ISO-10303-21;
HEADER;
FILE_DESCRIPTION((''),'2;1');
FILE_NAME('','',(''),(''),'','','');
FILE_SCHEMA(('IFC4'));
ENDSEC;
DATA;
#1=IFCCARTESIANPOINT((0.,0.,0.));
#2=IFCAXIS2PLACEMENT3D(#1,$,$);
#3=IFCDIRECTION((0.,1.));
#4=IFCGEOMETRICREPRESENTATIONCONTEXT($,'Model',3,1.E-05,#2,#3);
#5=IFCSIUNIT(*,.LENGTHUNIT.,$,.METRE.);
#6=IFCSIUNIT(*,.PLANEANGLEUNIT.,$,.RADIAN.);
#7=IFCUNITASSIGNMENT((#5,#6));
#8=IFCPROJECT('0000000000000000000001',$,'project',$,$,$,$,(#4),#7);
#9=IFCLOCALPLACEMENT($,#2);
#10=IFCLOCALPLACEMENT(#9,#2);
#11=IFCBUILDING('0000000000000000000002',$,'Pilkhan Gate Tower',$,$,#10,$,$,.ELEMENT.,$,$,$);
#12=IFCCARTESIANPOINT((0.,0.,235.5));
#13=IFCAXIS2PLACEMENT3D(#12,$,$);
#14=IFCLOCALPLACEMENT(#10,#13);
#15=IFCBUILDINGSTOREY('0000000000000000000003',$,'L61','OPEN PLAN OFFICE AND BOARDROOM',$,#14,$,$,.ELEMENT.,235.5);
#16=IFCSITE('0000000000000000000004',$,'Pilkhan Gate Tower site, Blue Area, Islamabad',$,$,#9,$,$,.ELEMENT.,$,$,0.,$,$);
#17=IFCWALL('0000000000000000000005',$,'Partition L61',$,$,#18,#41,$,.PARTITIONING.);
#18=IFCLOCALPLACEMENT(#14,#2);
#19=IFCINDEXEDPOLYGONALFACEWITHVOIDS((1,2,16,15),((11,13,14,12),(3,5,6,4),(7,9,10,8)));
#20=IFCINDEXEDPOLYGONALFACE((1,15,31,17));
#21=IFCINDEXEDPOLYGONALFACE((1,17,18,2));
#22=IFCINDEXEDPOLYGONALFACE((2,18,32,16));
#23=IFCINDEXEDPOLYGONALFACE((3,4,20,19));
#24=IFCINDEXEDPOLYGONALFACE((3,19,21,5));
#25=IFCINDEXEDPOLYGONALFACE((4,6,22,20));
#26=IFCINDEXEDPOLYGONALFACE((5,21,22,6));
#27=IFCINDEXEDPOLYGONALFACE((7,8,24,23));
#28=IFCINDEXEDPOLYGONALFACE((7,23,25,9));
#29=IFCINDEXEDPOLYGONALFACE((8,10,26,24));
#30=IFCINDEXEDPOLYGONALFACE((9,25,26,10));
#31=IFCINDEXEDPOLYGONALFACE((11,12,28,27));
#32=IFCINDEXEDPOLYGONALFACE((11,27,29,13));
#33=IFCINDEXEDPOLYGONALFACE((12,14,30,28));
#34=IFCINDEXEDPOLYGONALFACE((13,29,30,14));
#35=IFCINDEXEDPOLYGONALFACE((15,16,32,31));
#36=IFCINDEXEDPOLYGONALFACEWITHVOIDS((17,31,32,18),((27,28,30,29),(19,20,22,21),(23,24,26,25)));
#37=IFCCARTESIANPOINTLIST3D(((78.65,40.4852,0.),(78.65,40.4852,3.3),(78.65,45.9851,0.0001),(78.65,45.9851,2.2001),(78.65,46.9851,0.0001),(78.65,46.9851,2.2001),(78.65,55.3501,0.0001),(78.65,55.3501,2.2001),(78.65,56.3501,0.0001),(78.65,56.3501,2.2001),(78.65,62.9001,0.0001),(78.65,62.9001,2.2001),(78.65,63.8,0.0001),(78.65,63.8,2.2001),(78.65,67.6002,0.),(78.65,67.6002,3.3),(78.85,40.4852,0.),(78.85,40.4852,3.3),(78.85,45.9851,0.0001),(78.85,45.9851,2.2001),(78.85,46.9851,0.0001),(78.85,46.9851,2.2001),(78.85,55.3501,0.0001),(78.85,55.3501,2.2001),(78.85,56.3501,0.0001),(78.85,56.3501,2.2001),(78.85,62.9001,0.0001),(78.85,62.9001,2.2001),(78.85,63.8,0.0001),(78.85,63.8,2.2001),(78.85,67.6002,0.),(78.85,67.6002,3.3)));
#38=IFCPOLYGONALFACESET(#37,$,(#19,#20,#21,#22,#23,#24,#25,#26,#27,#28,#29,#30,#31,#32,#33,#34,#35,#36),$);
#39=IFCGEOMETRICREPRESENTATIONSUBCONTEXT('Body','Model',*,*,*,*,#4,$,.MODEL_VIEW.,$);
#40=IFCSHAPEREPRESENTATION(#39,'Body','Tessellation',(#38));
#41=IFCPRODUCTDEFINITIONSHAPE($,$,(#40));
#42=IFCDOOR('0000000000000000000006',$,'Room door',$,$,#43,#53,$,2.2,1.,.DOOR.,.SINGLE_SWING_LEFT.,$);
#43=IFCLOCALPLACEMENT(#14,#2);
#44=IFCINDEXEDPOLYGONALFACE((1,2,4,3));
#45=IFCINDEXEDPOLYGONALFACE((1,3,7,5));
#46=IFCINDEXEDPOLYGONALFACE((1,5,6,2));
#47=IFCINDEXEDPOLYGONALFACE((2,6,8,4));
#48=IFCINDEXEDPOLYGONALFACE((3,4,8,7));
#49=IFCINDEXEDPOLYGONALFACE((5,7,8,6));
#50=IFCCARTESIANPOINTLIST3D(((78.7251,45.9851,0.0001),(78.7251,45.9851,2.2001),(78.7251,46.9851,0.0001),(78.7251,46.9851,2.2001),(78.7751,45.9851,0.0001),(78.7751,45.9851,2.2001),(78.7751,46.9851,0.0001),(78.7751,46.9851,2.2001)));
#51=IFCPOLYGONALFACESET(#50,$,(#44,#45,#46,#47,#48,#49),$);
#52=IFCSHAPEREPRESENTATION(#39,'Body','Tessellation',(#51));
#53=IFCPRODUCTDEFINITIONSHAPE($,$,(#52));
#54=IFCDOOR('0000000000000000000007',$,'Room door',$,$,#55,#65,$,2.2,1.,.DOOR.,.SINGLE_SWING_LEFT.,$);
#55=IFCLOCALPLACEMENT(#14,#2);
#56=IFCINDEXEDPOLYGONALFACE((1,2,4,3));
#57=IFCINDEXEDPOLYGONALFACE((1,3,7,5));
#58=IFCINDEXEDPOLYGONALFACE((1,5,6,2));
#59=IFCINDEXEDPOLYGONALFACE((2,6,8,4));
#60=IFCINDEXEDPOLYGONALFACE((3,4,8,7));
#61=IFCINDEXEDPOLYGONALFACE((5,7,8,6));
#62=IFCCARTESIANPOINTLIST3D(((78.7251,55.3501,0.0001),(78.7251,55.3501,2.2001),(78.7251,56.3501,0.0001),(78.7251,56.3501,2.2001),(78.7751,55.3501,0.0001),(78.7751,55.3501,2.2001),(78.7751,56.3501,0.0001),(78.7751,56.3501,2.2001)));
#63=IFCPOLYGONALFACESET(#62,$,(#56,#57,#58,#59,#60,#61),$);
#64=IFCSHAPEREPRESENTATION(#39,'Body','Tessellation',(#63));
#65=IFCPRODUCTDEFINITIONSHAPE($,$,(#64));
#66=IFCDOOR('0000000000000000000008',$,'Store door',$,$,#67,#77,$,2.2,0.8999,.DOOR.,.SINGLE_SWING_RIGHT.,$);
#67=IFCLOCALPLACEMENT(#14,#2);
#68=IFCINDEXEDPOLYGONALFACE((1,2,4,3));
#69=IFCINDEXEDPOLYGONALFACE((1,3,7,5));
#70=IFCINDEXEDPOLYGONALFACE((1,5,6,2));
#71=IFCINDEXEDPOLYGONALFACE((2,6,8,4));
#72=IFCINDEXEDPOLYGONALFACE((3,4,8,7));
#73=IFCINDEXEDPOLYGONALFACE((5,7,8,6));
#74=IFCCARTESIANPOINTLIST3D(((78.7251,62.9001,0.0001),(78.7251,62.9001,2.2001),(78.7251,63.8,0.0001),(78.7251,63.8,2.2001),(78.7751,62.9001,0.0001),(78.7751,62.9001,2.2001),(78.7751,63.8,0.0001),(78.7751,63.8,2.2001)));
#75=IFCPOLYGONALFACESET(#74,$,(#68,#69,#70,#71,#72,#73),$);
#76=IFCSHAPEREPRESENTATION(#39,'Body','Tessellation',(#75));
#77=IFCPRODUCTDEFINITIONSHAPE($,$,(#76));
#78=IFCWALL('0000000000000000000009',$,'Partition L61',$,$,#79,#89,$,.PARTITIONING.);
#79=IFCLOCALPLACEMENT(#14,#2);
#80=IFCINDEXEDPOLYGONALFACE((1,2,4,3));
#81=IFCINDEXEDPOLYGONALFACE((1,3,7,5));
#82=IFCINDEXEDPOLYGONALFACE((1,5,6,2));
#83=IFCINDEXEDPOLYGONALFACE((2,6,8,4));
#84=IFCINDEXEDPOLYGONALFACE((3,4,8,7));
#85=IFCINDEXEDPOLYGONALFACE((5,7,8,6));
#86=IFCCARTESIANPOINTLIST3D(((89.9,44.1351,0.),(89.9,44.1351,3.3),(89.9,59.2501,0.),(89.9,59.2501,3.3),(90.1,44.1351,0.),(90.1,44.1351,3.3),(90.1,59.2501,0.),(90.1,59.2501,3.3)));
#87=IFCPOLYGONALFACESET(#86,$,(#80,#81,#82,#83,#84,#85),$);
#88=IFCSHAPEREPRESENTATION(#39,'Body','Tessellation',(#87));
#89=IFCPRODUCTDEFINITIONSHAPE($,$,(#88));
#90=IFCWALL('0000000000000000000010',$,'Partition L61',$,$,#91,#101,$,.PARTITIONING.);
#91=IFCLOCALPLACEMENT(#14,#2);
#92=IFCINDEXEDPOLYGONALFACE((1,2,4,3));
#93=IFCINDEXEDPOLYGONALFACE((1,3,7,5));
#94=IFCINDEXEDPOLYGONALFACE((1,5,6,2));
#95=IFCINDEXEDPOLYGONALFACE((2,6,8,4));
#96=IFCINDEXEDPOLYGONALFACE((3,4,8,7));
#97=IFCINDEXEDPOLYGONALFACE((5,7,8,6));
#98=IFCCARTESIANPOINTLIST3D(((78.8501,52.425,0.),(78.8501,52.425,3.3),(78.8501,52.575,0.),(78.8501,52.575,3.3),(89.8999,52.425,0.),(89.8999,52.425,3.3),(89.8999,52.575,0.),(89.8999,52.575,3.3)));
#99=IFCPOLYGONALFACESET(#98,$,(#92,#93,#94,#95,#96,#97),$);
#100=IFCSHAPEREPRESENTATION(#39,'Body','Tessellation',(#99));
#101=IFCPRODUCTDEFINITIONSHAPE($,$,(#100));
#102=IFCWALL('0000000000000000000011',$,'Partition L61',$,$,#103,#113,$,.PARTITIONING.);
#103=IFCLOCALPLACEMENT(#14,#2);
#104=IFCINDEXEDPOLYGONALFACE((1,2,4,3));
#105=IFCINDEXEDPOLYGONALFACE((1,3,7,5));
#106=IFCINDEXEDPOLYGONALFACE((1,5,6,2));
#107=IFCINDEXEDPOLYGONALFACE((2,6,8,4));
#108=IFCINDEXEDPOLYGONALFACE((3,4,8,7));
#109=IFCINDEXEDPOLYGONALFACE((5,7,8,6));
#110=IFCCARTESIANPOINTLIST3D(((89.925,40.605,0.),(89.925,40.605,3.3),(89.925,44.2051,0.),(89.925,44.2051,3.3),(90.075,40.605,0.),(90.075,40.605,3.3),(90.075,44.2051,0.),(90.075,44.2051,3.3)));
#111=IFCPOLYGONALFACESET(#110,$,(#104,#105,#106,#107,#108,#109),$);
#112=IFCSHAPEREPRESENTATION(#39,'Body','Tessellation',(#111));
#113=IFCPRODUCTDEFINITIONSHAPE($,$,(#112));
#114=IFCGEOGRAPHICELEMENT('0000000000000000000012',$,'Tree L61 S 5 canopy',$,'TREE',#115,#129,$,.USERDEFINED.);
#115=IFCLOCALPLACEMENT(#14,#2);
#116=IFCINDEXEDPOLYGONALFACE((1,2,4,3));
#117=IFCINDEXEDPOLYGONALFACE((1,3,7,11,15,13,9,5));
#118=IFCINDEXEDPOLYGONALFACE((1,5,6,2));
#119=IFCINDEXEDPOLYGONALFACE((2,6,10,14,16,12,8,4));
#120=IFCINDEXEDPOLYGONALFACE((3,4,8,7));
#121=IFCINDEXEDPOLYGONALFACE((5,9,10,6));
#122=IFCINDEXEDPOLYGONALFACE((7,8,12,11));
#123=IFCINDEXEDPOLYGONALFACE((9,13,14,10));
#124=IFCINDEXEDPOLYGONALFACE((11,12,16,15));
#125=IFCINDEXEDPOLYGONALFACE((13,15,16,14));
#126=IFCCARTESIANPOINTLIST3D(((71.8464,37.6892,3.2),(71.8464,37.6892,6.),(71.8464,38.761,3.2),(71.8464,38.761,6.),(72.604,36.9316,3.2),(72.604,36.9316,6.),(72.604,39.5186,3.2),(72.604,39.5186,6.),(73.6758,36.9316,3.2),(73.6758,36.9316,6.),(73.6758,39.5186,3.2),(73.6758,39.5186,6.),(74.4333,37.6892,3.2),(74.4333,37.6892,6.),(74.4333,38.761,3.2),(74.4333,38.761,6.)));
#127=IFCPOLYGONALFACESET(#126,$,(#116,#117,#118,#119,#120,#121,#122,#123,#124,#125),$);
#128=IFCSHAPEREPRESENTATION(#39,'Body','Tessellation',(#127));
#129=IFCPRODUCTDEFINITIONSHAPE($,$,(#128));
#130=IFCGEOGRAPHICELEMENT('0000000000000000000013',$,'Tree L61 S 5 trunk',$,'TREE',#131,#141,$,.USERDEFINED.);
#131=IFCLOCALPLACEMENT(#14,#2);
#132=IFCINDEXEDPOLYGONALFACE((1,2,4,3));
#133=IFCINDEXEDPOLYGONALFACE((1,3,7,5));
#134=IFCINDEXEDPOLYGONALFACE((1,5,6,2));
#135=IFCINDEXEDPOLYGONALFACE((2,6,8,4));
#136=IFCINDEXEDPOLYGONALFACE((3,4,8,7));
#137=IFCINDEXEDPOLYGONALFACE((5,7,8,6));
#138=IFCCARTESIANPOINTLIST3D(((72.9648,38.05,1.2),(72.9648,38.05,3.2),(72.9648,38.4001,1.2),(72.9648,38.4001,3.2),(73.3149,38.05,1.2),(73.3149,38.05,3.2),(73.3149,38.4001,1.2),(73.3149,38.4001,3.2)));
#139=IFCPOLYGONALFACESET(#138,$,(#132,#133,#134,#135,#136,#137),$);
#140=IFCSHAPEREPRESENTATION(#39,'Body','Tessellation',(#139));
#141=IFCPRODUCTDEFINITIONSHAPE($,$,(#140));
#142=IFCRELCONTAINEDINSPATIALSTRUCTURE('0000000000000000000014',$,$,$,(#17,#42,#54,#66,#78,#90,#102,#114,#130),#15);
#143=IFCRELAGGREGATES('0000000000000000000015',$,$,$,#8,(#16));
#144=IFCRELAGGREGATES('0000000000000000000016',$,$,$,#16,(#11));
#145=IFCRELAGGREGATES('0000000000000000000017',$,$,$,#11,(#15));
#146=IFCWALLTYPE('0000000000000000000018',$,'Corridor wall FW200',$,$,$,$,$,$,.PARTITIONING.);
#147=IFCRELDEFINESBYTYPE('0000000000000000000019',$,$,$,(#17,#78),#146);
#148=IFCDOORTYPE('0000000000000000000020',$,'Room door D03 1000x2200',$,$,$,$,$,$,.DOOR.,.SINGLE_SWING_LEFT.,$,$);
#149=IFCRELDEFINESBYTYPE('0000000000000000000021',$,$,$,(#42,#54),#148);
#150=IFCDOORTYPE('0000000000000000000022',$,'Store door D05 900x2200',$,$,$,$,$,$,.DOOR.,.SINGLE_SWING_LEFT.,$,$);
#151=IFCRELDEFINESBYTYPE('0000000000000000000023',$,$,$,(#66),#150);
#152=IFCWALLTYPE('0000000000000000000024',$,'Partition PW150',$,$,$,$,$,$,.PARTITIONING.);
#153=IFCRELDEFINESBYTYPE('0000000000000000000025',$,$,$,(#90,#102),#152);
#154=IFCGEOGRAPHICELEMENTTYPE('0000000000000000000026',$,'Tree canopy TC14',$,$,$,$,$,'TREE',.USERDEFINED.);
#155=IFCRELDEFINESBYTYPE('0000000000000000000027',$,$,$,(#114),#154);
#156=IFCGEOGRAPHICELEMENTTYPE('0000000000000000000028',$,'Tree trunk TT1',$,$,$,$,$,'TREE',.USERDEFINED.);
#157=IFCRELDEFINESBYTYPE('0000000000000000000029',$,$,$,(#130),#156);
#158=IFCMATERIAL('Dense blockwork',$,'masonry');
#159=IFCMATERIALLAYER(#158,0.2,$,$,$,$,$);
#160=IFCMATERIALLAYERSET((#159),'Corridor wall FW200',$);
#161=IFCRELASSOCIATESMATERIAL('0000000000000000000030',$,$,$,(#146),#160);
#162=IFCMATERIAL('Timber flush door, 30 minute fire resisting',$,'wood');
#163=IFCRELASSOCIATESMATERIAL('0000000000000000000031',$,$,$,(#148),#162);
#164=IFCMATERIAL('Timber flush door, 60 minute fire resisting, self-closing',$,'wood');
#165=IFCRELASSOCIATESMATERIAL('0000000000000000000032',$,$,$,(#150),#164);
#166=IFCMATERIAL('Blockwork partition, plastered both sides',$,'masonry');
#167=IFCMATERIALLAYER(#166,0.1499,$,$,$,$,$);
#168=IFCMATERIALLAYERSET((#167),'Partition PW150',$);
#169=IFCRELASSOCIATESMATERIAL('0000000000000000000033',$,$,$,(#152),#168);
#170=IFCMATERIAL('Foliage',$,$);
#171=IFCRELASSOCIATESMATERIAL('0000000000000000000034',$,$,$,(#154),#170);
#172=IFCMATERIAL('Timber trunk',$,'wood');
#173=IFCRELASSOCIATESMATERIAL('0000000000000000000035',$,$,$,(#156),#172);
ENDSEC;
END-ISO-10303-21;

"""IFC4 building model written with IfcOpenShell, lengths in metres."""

from ifc_helpers import new_model, si_unit, direction, frame, frame_2d, origin, origin_2d, place, context, subcontext, project, spatial, polyline, rectangle, outline, extrude, material, layer, layer_set, material_profile, profile_set, type_object, element, fill, save


model = new_model("IFC4")

# Units and contexts
model_context = context("Model", 3, precision=1e-05, world=origin(), true_north=direction((0.0, 1.0)))
body_context = subcontext(model_context, "Body", "Model", "MODEL_VIEW")
ifc_project = project(units=[si_unit("LENGTHUNIT", "METRE"), si_unit("PLANEANGLEUNIT", "RADIAN")], contexts=[model_context])

# Site, building, storey
site_placement = place(None, origin())
site = spatial("IfcSite", under=ifc_project, at=site_placement, Name="Pilkhan Gate Tower site, Blue Area, Islamabad", CompositionType="ELEMENT", RefElevation=0.0)
building_placement = place(site_placement, origin())
building = spatial("IfcBuilding", under=site, at=building_placement, Name="Pilkhan Gate Tower", CompositionType="ELEMENT")
storey_placement = place(building_placement, frame((0.0, 0.0, 235.5)))
storey = spatial("IfcBuildingStorey", under=building, at=storey_placement, Name="L61", Description="OPEN PLAN OFFICE AND BOARDROOM", CompositionType="ELEMENT", Elevation=235.5)

# Shared definitions
ifc_material_1 = material(Name="Dense blockwork", Category="masonry")
ifc_layer_1 = layer(ifc_material_1, 0.2)
ifc_layer_set_1 = layer_set([ifc_layer_1], Name="Corridor wall FW200")
wall_type_1 = type_object("IfcWallType", Name="Corridor wall FW200", PredefinedType="PARTITIONING", material=ifc_layer_set_1)

# Wall, openings, doors
ifc_material_2 = material(Name="Timber flush door, 30 minute fire resisting", Category="wood")
door_type_1 = type_object("IfcDoorType", Name="Room door D03 1000x2200", OperationType="SINGLE_SWING_LEFT", PredefinedType="DOOR", material=ifc_material_2)
ifc_material_3 = material(Name="Timber flush door, 60 minute fire resisting, self-closing", Category="wood")
door_type_2 = type_object("IfcDoorType", Name="Store door D05 900x2200", OperationType="SINGLE_SWING_LEFT", PredefinedType="DOOR", material=ifc_material_3)
wall_1_placement = place(storey_placement, frame((78.75, 40.4851, 0.0), z_axis=(0.0, 0.0, 1.0), x_axis=(0.0, 1.0, 0.0)))
wall_1 = element("IfcWall", 1, at=wall_1_placement, inside=storey, type_object=wall_type_1, Name="Partition L61", PredefinedType="PARTITIONING", context=body_context, shape_type="SweptSolid", body=[
    extrude(rectangle(XDim=27.115, YDim=0.2, at=frame_2d((13.5576, 0.0))), origin(), (0.0, 0.0, 1.0), 3.3),
])
opening_1_placement = place(wall_1_placement, frame((5.5, 0.0, 0.0)))
opening_1 = element("IfcOpeningElement", 2, at=opening_1_placement, cuts=wall_1, PredefinedType="OPENING", context=body_context, shape_type="SweptSolid", body=[
    extrude(rectangle(XDim=1.0, YDim=2.2, at=frame_2d((0.5, 1.1001))), frame((0.0, 0.1099, 0.0), z_axis=(0.0, -1.0, 0.0), x_axis=(1.0, 0.0, 0.0)), (0.0, 0.0, 1.0), 0.22),
])
opening_2_placement = place(wall_1_placement, frame((14.865, 0.0, 0.0)))
opening_2 = element("IfcOpeningElement", 3, at=opening_2_placement, cuts=wall_1, PredefinedType="OPENING", context=body_context, shape_type="SweptSolid", body=[
    extrude(rectangle(XDim=1.0, YDim=2.2, at=frame_2d((0.5, 1.1001))), frame((0.0, 0.1099, 0.0), z_axis=(0.0, -1.0, 0.0), x_axis=(1.0, 0.0, 0.0)), (0.0, 0.0, 1.0), 0.22),
])
opening_3_placement = place(wall_1_placement, frame((22.415, 0.0, 0.0)))
opening_3 = element("IfcOpeningElement", 4, at=opening_3_placement, cuts=wall_1, PredefinedType="OPENING", context=body_context, shape_type="SweptSolid", body=[
    extrude(rectangle(XDim=0.8999, YDim=2.2, at=frame_2d((0.45, 1.1001))), frame((0.0, 0.1099, 0.0), z_axis=(0.0, -1.0, 0.0), x_axis=(1.0, 0.0, 0.0)), (0.0, 0.0, 1.0), 0.22),
])
door_1_placement = place(opening_1_placement, origin())
door_1 = element("IfcDoor", 5, at=door_1_placement, inside=storey, type_object=door_type_1, Name="Room door", OperationType="SINGLE_SWING_LEFT", OverallHeight=2.2, OverallWidth=1.0, PredefinedType="DOOR", context=body_context, shape_type="SweptSolid", body=[
    extrude(rectangle(XDim=1.0, YDim=2.2, at=frame_2d((0.5, 1.1001))), frame((0.0, 0.0249, 0.0), z_axis=(0.0, -1.0, 0.0), x_axis=(1.0, 0.0, 0.0)), (0.0, 0.0, 1.0), 0.05),
])
fill(opening_1, door_1)
door_2_placement = place(opening_2_placement, origin())
door_2 = element("IfcDoor", 6, at=door_2_placement, inside=storey, type_object=door_type_1, Name="Room door", OperationType="SINGLE_SWING_LEFT", OverallHeight=2.2, OverallWidth=1.0, PredefinedType="DOOR", context=body_context, shape_type="SweptSolid", body=[
    extrude(rectangle(XDim=1.0, YDim=2.2, at=frame_2d((0.5, 1.1001))), frame((0.0, 0.0249, 0.0), z_axis=(0.0, -1.0, 0.0), x_axis=(1.0, 0.0, 0.0)), (0.0, 0.0, 1.0), 0.05),
])
fill(opening_2, door_2)
door_3_placement = place(opening_3_placement, origin())
door_3 = element("IfcDoor", 7, at=door_3_placement, inside=storey, type_object=door_type_2, Name="Store door", OperationType="SINGLE_SWING_RIGHT", OverallHeight=2.2, OverallWidth=0.8999, PredefinedType="DOOR", context=body_context, shape_type="SweptSolid", body=[
    extrude(rectangle(XDim=0.8999, YDim=2.2, at=frame_2d((0.45, 1.1001))), frame((0.0, 0.0249, 0.0), z_axis=(0.0, -1.0, 0.0), x_axis=(1.0, 0.0, 0.0)), (0.0, 0.0, 1.0), 0.05),
])
fill(opening_3, door_3)

# Walls
wall_2_placement = place(storey_placement, frame((90.0, 44.135, 0.0), z_axis=(0.0, 0.0, 1.0), x_axis=(0.0, 1.0, 0.0)))
element("IfcWall", 8, at=wall_2_placement, inside=storey, type_object=wall_type_1, Name="Partition L61", PredefinedType="PARTITIONING", context=body_context, shape_type="SweptSolid", body=[
    extrude(rectangle(XDim=15.115, YDim=0.2, at=frame_2d((7.5576, 0.0))), origin(), (0.0, 0.0, 1.0), 3.3),
])
ifc_material_4 = material(Name="Blockwork partition, plastered both sides", Category="masonry")
ifc_layer_2 = layer(ifc_material_4, 0.1499)
ifc_layer_set_2 = layer_set([ifc_layer_2], Name="Partition PW150")
wall_type_2 = type_object("IfcWallType", Name="Partition PW150", PredefinedType="PARTITIONING", material=ifc_layer_set_2)
wall_3_placement = place(storey_placement, frame((78.8501, 52.5, 0.0), z_axis=(0.0, 0.0, 1.0), x_axis=(1.0, 0.0, 0.0)))
element("IfcWall", 9, at=wall_3_placement, inside=storey, type_object=wall_type_2, Name="Partition L61", PredefinedType="PARTITIONING", context=body_context, shape_type="SweptSolid", body=[
    extrude(rectangle(XDim=11.0498, YDim=0.1499, at=frame_2d((5.5249, 0.0))), origin(), (0.0, 0.0, 1.0), 3.3),
])
wall_4_placement = place(storey_placement, frame((90.0, 40.605, 0.0), z_axis=(0.0, 0.0, 1.0), x_axis=(0.0, 1.0, 0.0)))
element("IfcWall", 10, at=wall_4_placement, inside=storey, type_object=wall_type_2, Name="Partition L61", PredefinedType="PARTITIONING", context=body_context, shape_type="SweptSolid", body=[
    extrude(rectangle(XDim=3.6001, YDim=0.1499, at=frame_2d((1.8, 0.0))), origin(), (0.0, 0.0, 1.0), 3.3),
])

# Geographic elements
ifc_material_5 = material(Name="Foliage")
ifc_material_profile_1 = material_profile(ifc_material_5, outline(polyline([(1.2935, 0.5359), (0.5359, 1.2935), (-0.5359, 1.2935), (-1.2935, 0.5359), (-1.2935, -0.5359), (-0.5359, -1.2935), (0.5359, -1.2935), (1.2935, -0.5359), (1.2935, 0.5359)])), Name="Canopy D2.8")
ifc_profile_set_1 = profile_set([ifc_material_profile_1], Name="Foliage")
geographic_element_type_1 = type_object("IfcGeographicElementType", Name="Tree canopy TC14", ElementType="TREE", PredefinedType="USERDEFINED", material=ifc_profile_set_1)
geographic_element_1_placement = place(storey_placement, frame((73.1399, 38.2251, 3.2), z_axis=(0.0, 0.0, 1.0), x_axis=(1.0, 0.0, 0.0)))
element("IfcGeographicElement", 11, at=geographic_element_1_placement, inside=storey, type_object=geographic_element_type_1, Name="Tree L61 S 5 canopy", ObjectType="TREE", PredefinedType="USERDEFINED", context=body_context, shape_type="SweptSolid", body=[
    extrude(outline(polyline([(1.2935, 0.5359), (0.5359, 1.2935), (-0.5359, 1.2935), (-1.2935, 0.5359), (-1.2935, -0.5359), (-0.5359, -1.2935), (0.5359, -1.2935), (1.2935, -0.5359), (1.2935, 0.5359)])), origin(), (0.0, 0.0, 1.0), 2.8),
])
ifc_material_6 = material(Name="Timber trunk", Category="wood")
geographic_element_type_2 = type_object("IfcGeographicElementType", Name="Tree trunk TT1", ElementType="TREE", PredefinedType="USERDEFINED", material=ifc_material_6)
geographic_element_2_placement = place(storey_placement, frame((73.1399, 38.2251, 1.2), z_axis=(0.0, 0.0, 1.0), x_axis=(1.0, 0.0, 0.0)))
element("IfcGeographicElement", 12, at=geographic_element_2_placement, inside=storey, type_object=geographic_element_type_2, Name="Tree L61 S 5 trunk", ObjectType="TREE", PredefinedType="USERDEFINED", context=body_context, shape_type="SweptSolid", body=[
    extrude(rectangle(XDim=0.3501, YDim=0.3501, at=origin_2d()), origin(), (0.0, 0.0, 1.0), 2.0),
])

save(model, "model.ifc")
